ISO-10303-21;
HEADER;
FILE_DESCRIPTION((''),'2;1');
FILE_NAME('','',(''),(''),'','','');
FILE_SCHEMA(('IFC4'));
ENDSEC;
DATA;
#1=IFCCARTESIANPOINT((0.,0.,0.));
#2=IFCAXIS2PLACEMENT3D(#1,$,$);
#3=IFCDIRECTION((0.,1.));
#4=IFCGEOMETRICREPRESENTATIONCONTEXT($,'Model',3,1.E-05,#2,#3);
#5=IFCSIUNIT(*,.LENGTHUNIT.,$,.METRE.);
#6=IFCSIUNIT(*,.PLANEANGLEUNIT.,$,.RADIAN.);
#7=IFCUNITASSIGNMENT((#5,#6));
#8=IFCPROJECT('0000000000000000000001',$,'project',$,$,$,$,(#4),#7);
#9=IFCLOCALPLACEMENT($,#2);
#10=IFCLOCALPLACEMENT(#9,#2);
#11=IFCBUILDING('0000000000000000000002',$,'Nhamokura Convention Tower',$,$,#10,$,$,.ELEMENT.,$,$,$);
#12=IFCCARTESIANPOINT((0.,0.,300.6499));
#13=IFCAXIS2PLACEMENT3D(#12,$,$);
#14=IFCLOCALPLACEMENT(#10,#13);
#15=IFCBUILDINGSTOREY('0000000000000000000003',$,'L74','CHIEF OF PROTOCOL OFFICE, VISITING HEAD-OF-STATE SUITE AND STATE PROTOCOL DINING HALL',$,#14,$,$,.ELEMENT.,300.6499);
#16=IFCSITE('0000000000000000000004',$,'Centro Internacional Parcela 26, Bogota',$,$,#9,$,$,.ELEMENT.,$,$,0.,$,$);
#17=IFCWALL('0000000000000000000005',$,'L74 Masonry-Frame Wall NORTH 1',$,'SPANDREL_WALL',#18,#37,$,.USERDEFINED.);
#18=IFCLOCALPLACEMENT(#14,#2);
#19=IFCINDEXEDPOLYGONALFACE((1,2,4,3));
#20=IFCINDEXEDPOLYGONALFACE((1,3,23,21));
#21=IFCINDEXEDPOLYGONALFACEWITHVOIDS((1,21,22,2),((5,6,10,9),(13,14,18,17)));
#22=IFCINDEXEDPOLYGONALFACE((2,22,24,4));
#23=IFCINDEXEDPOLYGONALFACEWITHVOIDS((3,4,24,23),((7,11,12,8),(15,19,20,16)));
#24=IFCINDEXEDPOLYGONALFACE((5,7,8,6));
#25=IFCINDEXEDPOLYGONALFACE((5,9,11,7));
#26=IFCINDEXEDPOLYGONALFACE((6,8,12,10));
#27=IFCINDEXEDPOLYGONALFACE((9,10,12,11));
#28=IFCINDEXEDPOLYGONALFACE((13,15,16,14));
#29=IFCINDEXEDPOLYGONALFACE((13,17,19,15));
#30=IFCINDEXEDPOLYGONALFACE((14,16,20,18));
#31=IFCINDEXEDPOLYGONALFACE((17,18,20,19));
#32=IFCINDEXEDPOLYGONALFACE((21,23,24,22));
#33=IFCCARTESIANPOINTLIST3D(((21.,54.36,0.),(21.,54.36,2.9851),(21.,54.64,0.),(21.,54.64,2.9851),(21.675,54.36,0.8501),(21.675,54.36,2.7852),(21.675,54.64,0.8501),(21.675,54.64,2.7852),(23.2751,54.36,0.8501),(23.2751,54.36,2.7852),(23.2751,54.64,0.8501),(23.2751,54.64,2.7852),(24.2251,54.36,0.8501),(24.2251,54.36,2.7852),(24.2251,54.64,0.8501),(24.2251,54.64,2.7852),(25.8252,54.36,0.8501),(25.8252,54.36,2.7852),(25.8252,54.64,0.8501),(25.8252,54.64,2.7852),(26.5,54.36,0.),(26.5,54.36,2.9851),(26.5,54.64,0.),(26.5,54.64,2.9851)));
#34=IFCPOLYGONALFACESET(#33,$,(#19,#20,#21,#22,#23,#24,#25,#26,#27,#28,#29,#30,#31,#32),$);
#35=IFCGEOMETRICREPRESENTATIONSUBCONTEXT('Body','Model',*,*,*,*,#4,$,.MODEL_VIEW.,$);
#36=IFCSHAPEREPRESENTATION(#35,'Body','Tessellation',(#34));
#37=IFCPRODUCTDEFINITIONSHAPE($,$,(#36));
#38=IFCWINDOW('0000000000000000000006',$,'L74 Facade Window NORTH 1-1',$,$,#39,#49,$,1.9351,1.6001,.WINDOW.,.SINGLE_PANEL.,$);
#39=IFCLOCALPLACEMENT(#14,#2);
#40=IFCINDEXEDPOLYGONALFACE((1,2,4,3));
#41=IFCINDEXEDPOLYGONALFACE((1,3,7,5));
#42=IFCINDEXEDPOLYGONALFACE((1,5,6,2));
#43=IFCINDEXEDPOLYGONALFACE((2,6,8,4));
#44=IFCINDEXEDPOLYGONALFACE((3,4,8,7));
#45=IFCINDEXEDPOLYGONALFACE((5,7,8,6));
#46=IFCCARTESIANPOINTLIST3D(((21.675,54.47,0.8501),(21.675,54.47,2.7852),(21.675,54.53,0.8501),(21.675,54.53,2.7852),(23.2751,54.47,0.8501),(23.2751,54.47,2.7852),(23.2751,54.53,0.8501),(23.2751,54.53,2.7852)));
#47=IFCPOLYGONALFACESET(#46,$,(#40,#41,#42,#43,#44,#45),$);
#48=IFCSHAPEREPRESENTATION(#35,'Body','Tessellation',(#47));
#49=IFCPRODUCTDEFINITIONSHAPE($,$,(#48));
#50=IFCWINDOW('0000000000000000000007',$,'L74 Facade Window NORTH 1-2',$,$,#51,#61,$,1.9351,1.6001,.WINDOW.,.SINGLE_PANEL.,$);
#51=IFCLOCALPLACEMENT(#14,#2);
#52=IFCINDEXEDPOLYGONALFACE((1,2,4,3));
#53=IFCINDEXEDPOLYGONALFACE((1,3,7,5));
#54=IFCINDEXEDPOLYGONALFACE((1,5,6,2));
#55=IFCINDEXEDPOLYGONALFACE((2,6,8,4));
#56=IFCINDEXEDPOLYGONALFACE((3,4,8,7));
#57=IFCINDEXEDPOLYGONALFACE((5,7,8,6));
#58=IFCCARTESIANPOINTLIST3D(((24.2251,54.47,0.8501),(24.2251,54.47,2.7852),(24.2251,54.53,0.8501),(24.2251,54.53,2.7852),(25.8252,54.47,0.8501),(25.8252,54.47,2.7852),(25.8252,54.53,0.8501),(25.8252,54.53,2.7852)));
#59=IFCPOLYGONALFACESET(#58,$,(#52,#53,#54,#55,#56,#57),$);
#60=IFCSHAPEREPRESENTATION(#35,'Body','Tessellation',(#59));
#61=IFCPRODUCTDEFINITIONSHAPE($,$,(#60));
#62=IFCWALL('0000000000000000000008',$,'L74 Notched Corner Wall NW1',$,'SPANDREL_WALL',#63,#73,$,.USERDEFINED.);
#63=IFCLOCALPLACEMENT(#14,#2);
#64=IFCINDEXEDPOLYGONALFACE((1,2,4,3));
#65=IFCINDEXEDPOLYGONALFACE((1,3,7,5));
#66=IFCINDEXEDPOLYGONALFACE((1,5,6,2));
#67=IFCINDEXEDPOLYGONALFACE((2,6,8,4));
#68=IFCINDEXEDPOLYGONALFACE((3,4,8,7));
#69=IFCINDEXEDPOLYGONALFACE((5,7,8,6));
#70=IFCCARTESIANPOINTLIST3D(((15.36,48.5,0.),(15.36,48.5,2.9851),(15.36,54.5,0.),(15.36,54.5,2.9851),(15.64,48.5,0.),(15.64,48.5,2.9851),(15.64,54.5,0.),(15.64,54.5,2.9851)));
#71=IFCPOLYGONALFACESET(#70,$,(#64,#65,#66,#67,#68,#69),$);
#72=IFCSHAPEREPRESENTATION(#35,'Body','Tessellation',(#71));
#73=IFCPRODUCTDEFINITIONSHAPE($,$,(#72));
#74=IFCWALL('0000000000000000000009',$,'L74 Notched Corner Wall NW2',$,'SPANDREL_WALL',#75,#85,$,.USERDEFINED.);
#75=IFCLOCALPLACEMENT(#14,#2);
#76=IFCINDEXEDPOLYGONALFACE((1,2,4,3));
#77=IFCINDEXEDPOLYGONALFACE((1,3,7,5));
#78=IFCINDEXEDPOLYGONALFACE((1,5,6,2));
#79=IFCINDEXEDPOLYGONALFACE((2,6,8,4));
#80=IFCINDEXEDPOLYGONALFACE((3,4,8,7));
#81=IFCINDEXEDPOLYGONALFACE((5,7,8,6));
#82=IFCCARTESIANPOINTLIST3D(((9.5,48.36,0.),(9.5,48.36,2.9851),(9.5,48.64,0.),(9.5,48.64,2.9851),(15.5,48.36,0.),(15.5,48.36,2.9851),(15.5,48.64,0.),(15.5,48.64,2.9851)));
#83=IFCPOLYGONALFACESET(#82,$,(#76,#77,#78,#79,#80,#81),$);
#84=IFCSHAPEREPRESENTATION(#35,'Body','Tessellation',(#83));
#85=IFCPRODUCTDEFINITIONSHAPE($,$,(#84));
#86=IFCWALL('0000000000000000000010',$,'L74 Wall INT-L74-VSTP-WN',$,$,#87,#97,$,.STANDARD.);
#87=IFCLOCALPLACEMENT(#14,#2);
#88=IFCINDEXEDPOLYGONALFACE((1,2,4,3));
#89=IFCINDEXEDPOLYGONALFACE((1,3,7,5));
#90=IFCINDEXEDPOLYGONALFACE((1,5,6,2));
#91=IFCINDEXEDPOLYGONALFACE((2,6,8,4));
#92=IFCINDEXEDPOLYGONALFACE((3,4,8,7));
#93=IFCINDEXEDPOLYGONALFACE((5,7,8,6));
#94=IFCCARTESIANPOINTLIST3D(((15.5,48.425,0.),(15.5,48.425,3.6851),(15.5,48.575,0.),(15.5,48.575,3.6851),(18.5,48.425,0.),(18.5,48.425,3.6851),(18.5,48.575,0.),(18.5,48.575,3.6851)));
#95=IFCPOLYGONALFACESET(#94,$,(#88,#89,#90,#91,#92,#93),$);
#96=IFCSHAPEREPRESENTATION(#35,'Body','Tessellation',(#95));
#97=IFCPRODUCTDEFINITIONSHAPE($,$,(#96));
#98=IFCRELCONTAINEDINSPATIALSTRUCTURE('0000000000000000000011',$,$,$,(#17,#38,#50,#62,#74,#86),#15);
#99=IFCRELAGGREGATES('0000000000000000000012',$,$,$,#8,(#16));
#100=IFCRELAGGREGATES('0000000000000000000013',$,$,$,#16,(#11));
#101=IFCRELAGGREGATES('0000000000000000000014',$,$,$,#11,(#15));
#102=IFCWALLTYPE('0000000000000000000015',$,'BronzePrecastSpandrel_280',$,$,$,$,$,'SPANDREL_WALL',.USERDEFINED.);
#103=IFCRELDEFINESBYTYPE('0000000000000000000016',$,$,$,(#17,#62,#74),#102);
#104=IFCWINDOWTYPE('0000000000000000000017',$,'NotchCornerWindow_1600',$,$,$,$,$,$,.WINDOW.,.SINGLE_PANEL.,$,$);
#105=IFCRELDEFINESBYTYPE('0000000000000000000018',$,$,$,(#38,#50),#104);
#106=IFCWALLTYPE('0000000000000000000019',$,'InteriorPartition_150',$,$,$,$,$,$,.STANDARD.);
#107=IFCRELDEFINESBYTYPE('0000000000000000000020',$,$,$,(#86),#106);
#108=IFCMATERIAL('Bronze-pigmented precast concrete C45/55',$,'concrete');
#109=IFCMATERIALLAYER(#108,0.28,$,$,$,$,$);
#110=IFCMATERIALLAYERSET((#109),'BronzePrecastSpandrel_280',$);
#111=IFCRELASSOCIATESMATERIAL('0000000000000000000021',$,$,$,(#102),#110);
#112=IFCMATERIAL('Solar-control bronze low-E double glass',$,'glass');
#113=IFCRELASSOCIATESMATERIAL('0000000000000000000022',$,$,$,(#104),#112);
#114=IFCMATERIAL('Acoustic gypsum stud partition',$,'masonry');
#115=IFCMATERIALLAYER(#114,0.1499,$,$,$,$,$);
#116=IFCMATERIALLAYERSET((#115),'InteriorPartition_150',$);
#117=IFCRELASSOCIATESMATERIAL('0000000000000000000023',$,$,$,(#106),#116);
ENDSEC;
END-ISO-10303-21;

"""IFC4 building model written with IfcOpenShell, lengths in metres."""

from ifc_helpers import new_model, si_unit, direction, frame, frame_2d, origin, place, context, subcontext, project, spatial, rectangle, extrude, material, layer, layer_set, type_object, element, fill, save


model = new_model("IFC4")

# Units and contexts
model_context = context("Model", 3, precision=1e-05, world=origin(), true_north=direction((0.0, 1.0)))
body_context = subcontext(model_context, "Body", "Model", "MODEL_VIEW")
ifc_project = project(units=[si_unit("LENGTHUNIT", "METRE"), si_unit("PLANEANGLEUNIT", "RADIAN")], contexts=[model_context])

# Site, building, storey
site_placement = place(None, origin())
site = spatial("IfcSite", under=ifc_project, at=site_placement, Name="Centro Internacional Parcela 26, Bogota", CompositionType="ELEMENT", RefElevation=0.0)
building_placement = place(site_placement, origin())
building = spatial("IfcBuilding", under=site, at=building_placement, Name="Nhamokura Convention Tower", CompositionType="ELEMENT")
storey_placement = place(building_placement, frame((0.0, 0.0, 300.6499)))
storey = spatial("IfcBuildingStorey", under=building, at=storey_placement, Name="L74", Description="CHIEF OF PROTOCOL OFFICE, VISITING HEAD-OF-STATE SUITE AND STATE PROTOCOL DINING HALL", CompositionType="ELEMENT", Elevation=300.6499)

# Shared definitions
ifc_material_1 = material(Name="Bronze-pigmented precast concrete C45/55", Category="concrete")
ifc_layer_1 = layer(ifc_material_1, 0.28)
ifc_layer_set_1 = layer_set([ifc_layer_1], Name="BronzePrecastSpandrel_280")
wall_type_1 = type_object("IfcWallType", Name="BronzePrecastSpandrel_280", ElementType="SPANDREL_WALL", PredefinedType="USERDEFINED", material=ifc_layer_set_1)

# Wall, openings, windows
wall_1_placement = place(storey_placement, frame((21.0, 54.5, 0.0), z_axis=(0.0, 0.0, 1.0), x_axis=(1.0, 0.0, 0.0)))
wall_1 = element("IfcWall", 1, at=wall_1_placement, inside=storey, type_object=wall_type_1, Name="L74 Masonry-Frame Wall NORTH 1", ObjectType="SPANDREL_WALL", PredefinedType="USERDEFINED", context=body_context, shape_type="SweptSolid", body=[
    extrude(rectangle(XDim=5.5, YDim=0.28, at=frame_2d((2.75, 0.0))), origin(), (0.0, 0.0, 1.0), 2.9851),
])
opening_1_placement = place(wall_1_placement, frame((0.675, 0.0, 0.8501)))
opening_1 = element("IfcOpeningElement", 2, at=opening_1_placement, cuts=wall_1, PredefinedType="OPENING", context=body_context, shape_type="SweptSolid", body=[
    extrude(rectangle(XDim=1.6001, YDim=1.9351, at=frame_2d((0.8, 0.9675))), frame((0.0, 0.1499, 0.0), z_axis=(0.0, -1.0, 0.0), x_axis=(1.0, 0.0, 0.0)), (0.0, 0.0, 1.0), 0.3),
])
opening_2_placement = place(wall_1_placement, frame((3.2251, 0.0, 0.8501)))
opening_2 = element("IfcOpeningElement", 3, at=opening_2_placement, cuts=wall_1, PredefinedType="OPENING", context=body_context, shape_type="SweptSolid", body=[
    extrude(rectangle(XDim=1.6001, YDim=1.9351, at=frame_2d((0.8, 0.9675))), frame((0.0, 0.1499, 0.0), z_axis=(0.0, -1.0, 0.0), x_axis=(1.0, 0.0, 0.0)), (0.0, 0.0, 1.0), 0.3),
])
ifc_material_2 = material(Name="Solar-control bronze low-E double glass", Category="glass")
window_type = type_object("IfcWindowType", Name="NotchCornerWindow_1600", PartitioningType="SINGLE_PANEL", PredefinedType="WINDOW", material=ifc_material_2)
window_1_placement = place(opening_1_placement, origin())
window_1 = element("IfcWindow", 4, at=window_1_placement, inside=storey, type_object=window_type, Name="L74 Facade Window NORTH 1-1", OverallHeight=1.9351, OverallWidth=1.6001, PartitioningType="SINGLE_PANEL", PredefinedType="WINDOW", context=body_context, shape_type="SweptSolid", body=[
    extrude(rectangle(XDim=1.6001, YDim=1.9351, at=frame_2d((0.8, 0.9675))), frame((0.0, 0.03, 0.0), z_axis=(0.0, -1.0, 0.0), x_axis=(1.0, 0.0, 0.0)), (0.0, 0.0, 1.0), 0.0601),
])
fill(opening_1, window_1)
window_2_placement = place(opening_2_placement, origin())
window_2 = element("IfcWindow", 5, at=window_2_placement, inside=storey, type_object=window_type, Name="L74 Facade Window NORTH 1-2", OverallHeight=1.9351, OverallWidth=1.6001, PartitioningType="SINGLE_PANEL", PredefinedType="WINDOW", context=body_context, shape_type="SweptSolid", body=[
    extrude(rectangle(XDim=1.6001, YDim=1.9351, at=frame_2d((0.8, 0.9675))), frame((0.0, 0.03, 0.0), z_axis=(0.0, -1.0, 0.0), x_axis=(1.0, 0.0, 0.0)), (0.0, 0.0, 1.0), 0.0601),
])
fill(opening_2, window_2)

# Walls
for number, where, z_axis, x_axis, name in (
    (6, (15.5, 48.5, 0.0), (0.0, 0.0, 1.0), (0.0, 1.0, 0.0), "L74 Notched Corner Wall NW1"),
    (7, (9.5, 48.5, 0.0), (0.0, 0.0, 1.0), (1.0, 0.0, 0.0), "L74 Notched Corner Wall NW2"),
):
    element("IfcWall", number, at=place(storey_placement, frame(where, z_axis=z_axis, x_axis=x_axis)), inside=storey, type_object=wall_type_1, Name=name, ObjectType="SPANDREL_WALL", PredefinedType="USERDEFINED", context=body_context, shape_type="SweptSolid", body=[
        extrude(rectangle(XDim=6.0, YDim=0.28, at=frame_2d((3.0, 0.0))), origin(), (0.0, 0.0, 1.0), 2.9851),
    ])
ifc_material_3 = material(Name="Acoustic gypsum stud partition", Category="masonry")
ifc_layer_2 = layer(ifc_material_3, 0.1499)
ifc_layer_set_2 = layer_set([ifc_layer_2], Name="InteriorPartition_150")
wall_type_2 = type_object("IfcWallType", Name="InteriorPartition_150", PredefinedType="STANDARD", material=ifc_layer_set_2)
wall_2_placement = place(storey_placement, frame((15.5, 48.5, 0.0), z_axis=(0.0, 0.0, 1.0), x_axis=(1.0, 0.0, 0.0)))
element("IfcWall", 8, at=wall_2_placement, inside=storey, type_object=wall_type_2, Name="L74 Wall INT-L74-VSTP-WN", PredefinedType="STANDARD", context=body_context, shape_type="SweptSolid", body=[
    extrude(rectangle(XDim=3.0, YDim=0.1499, at=frame_2d((1.5, 0.0))), origin(), (0.0, 0.0, 1.0), 3.6851),
])

save(model, "model.ifc")
